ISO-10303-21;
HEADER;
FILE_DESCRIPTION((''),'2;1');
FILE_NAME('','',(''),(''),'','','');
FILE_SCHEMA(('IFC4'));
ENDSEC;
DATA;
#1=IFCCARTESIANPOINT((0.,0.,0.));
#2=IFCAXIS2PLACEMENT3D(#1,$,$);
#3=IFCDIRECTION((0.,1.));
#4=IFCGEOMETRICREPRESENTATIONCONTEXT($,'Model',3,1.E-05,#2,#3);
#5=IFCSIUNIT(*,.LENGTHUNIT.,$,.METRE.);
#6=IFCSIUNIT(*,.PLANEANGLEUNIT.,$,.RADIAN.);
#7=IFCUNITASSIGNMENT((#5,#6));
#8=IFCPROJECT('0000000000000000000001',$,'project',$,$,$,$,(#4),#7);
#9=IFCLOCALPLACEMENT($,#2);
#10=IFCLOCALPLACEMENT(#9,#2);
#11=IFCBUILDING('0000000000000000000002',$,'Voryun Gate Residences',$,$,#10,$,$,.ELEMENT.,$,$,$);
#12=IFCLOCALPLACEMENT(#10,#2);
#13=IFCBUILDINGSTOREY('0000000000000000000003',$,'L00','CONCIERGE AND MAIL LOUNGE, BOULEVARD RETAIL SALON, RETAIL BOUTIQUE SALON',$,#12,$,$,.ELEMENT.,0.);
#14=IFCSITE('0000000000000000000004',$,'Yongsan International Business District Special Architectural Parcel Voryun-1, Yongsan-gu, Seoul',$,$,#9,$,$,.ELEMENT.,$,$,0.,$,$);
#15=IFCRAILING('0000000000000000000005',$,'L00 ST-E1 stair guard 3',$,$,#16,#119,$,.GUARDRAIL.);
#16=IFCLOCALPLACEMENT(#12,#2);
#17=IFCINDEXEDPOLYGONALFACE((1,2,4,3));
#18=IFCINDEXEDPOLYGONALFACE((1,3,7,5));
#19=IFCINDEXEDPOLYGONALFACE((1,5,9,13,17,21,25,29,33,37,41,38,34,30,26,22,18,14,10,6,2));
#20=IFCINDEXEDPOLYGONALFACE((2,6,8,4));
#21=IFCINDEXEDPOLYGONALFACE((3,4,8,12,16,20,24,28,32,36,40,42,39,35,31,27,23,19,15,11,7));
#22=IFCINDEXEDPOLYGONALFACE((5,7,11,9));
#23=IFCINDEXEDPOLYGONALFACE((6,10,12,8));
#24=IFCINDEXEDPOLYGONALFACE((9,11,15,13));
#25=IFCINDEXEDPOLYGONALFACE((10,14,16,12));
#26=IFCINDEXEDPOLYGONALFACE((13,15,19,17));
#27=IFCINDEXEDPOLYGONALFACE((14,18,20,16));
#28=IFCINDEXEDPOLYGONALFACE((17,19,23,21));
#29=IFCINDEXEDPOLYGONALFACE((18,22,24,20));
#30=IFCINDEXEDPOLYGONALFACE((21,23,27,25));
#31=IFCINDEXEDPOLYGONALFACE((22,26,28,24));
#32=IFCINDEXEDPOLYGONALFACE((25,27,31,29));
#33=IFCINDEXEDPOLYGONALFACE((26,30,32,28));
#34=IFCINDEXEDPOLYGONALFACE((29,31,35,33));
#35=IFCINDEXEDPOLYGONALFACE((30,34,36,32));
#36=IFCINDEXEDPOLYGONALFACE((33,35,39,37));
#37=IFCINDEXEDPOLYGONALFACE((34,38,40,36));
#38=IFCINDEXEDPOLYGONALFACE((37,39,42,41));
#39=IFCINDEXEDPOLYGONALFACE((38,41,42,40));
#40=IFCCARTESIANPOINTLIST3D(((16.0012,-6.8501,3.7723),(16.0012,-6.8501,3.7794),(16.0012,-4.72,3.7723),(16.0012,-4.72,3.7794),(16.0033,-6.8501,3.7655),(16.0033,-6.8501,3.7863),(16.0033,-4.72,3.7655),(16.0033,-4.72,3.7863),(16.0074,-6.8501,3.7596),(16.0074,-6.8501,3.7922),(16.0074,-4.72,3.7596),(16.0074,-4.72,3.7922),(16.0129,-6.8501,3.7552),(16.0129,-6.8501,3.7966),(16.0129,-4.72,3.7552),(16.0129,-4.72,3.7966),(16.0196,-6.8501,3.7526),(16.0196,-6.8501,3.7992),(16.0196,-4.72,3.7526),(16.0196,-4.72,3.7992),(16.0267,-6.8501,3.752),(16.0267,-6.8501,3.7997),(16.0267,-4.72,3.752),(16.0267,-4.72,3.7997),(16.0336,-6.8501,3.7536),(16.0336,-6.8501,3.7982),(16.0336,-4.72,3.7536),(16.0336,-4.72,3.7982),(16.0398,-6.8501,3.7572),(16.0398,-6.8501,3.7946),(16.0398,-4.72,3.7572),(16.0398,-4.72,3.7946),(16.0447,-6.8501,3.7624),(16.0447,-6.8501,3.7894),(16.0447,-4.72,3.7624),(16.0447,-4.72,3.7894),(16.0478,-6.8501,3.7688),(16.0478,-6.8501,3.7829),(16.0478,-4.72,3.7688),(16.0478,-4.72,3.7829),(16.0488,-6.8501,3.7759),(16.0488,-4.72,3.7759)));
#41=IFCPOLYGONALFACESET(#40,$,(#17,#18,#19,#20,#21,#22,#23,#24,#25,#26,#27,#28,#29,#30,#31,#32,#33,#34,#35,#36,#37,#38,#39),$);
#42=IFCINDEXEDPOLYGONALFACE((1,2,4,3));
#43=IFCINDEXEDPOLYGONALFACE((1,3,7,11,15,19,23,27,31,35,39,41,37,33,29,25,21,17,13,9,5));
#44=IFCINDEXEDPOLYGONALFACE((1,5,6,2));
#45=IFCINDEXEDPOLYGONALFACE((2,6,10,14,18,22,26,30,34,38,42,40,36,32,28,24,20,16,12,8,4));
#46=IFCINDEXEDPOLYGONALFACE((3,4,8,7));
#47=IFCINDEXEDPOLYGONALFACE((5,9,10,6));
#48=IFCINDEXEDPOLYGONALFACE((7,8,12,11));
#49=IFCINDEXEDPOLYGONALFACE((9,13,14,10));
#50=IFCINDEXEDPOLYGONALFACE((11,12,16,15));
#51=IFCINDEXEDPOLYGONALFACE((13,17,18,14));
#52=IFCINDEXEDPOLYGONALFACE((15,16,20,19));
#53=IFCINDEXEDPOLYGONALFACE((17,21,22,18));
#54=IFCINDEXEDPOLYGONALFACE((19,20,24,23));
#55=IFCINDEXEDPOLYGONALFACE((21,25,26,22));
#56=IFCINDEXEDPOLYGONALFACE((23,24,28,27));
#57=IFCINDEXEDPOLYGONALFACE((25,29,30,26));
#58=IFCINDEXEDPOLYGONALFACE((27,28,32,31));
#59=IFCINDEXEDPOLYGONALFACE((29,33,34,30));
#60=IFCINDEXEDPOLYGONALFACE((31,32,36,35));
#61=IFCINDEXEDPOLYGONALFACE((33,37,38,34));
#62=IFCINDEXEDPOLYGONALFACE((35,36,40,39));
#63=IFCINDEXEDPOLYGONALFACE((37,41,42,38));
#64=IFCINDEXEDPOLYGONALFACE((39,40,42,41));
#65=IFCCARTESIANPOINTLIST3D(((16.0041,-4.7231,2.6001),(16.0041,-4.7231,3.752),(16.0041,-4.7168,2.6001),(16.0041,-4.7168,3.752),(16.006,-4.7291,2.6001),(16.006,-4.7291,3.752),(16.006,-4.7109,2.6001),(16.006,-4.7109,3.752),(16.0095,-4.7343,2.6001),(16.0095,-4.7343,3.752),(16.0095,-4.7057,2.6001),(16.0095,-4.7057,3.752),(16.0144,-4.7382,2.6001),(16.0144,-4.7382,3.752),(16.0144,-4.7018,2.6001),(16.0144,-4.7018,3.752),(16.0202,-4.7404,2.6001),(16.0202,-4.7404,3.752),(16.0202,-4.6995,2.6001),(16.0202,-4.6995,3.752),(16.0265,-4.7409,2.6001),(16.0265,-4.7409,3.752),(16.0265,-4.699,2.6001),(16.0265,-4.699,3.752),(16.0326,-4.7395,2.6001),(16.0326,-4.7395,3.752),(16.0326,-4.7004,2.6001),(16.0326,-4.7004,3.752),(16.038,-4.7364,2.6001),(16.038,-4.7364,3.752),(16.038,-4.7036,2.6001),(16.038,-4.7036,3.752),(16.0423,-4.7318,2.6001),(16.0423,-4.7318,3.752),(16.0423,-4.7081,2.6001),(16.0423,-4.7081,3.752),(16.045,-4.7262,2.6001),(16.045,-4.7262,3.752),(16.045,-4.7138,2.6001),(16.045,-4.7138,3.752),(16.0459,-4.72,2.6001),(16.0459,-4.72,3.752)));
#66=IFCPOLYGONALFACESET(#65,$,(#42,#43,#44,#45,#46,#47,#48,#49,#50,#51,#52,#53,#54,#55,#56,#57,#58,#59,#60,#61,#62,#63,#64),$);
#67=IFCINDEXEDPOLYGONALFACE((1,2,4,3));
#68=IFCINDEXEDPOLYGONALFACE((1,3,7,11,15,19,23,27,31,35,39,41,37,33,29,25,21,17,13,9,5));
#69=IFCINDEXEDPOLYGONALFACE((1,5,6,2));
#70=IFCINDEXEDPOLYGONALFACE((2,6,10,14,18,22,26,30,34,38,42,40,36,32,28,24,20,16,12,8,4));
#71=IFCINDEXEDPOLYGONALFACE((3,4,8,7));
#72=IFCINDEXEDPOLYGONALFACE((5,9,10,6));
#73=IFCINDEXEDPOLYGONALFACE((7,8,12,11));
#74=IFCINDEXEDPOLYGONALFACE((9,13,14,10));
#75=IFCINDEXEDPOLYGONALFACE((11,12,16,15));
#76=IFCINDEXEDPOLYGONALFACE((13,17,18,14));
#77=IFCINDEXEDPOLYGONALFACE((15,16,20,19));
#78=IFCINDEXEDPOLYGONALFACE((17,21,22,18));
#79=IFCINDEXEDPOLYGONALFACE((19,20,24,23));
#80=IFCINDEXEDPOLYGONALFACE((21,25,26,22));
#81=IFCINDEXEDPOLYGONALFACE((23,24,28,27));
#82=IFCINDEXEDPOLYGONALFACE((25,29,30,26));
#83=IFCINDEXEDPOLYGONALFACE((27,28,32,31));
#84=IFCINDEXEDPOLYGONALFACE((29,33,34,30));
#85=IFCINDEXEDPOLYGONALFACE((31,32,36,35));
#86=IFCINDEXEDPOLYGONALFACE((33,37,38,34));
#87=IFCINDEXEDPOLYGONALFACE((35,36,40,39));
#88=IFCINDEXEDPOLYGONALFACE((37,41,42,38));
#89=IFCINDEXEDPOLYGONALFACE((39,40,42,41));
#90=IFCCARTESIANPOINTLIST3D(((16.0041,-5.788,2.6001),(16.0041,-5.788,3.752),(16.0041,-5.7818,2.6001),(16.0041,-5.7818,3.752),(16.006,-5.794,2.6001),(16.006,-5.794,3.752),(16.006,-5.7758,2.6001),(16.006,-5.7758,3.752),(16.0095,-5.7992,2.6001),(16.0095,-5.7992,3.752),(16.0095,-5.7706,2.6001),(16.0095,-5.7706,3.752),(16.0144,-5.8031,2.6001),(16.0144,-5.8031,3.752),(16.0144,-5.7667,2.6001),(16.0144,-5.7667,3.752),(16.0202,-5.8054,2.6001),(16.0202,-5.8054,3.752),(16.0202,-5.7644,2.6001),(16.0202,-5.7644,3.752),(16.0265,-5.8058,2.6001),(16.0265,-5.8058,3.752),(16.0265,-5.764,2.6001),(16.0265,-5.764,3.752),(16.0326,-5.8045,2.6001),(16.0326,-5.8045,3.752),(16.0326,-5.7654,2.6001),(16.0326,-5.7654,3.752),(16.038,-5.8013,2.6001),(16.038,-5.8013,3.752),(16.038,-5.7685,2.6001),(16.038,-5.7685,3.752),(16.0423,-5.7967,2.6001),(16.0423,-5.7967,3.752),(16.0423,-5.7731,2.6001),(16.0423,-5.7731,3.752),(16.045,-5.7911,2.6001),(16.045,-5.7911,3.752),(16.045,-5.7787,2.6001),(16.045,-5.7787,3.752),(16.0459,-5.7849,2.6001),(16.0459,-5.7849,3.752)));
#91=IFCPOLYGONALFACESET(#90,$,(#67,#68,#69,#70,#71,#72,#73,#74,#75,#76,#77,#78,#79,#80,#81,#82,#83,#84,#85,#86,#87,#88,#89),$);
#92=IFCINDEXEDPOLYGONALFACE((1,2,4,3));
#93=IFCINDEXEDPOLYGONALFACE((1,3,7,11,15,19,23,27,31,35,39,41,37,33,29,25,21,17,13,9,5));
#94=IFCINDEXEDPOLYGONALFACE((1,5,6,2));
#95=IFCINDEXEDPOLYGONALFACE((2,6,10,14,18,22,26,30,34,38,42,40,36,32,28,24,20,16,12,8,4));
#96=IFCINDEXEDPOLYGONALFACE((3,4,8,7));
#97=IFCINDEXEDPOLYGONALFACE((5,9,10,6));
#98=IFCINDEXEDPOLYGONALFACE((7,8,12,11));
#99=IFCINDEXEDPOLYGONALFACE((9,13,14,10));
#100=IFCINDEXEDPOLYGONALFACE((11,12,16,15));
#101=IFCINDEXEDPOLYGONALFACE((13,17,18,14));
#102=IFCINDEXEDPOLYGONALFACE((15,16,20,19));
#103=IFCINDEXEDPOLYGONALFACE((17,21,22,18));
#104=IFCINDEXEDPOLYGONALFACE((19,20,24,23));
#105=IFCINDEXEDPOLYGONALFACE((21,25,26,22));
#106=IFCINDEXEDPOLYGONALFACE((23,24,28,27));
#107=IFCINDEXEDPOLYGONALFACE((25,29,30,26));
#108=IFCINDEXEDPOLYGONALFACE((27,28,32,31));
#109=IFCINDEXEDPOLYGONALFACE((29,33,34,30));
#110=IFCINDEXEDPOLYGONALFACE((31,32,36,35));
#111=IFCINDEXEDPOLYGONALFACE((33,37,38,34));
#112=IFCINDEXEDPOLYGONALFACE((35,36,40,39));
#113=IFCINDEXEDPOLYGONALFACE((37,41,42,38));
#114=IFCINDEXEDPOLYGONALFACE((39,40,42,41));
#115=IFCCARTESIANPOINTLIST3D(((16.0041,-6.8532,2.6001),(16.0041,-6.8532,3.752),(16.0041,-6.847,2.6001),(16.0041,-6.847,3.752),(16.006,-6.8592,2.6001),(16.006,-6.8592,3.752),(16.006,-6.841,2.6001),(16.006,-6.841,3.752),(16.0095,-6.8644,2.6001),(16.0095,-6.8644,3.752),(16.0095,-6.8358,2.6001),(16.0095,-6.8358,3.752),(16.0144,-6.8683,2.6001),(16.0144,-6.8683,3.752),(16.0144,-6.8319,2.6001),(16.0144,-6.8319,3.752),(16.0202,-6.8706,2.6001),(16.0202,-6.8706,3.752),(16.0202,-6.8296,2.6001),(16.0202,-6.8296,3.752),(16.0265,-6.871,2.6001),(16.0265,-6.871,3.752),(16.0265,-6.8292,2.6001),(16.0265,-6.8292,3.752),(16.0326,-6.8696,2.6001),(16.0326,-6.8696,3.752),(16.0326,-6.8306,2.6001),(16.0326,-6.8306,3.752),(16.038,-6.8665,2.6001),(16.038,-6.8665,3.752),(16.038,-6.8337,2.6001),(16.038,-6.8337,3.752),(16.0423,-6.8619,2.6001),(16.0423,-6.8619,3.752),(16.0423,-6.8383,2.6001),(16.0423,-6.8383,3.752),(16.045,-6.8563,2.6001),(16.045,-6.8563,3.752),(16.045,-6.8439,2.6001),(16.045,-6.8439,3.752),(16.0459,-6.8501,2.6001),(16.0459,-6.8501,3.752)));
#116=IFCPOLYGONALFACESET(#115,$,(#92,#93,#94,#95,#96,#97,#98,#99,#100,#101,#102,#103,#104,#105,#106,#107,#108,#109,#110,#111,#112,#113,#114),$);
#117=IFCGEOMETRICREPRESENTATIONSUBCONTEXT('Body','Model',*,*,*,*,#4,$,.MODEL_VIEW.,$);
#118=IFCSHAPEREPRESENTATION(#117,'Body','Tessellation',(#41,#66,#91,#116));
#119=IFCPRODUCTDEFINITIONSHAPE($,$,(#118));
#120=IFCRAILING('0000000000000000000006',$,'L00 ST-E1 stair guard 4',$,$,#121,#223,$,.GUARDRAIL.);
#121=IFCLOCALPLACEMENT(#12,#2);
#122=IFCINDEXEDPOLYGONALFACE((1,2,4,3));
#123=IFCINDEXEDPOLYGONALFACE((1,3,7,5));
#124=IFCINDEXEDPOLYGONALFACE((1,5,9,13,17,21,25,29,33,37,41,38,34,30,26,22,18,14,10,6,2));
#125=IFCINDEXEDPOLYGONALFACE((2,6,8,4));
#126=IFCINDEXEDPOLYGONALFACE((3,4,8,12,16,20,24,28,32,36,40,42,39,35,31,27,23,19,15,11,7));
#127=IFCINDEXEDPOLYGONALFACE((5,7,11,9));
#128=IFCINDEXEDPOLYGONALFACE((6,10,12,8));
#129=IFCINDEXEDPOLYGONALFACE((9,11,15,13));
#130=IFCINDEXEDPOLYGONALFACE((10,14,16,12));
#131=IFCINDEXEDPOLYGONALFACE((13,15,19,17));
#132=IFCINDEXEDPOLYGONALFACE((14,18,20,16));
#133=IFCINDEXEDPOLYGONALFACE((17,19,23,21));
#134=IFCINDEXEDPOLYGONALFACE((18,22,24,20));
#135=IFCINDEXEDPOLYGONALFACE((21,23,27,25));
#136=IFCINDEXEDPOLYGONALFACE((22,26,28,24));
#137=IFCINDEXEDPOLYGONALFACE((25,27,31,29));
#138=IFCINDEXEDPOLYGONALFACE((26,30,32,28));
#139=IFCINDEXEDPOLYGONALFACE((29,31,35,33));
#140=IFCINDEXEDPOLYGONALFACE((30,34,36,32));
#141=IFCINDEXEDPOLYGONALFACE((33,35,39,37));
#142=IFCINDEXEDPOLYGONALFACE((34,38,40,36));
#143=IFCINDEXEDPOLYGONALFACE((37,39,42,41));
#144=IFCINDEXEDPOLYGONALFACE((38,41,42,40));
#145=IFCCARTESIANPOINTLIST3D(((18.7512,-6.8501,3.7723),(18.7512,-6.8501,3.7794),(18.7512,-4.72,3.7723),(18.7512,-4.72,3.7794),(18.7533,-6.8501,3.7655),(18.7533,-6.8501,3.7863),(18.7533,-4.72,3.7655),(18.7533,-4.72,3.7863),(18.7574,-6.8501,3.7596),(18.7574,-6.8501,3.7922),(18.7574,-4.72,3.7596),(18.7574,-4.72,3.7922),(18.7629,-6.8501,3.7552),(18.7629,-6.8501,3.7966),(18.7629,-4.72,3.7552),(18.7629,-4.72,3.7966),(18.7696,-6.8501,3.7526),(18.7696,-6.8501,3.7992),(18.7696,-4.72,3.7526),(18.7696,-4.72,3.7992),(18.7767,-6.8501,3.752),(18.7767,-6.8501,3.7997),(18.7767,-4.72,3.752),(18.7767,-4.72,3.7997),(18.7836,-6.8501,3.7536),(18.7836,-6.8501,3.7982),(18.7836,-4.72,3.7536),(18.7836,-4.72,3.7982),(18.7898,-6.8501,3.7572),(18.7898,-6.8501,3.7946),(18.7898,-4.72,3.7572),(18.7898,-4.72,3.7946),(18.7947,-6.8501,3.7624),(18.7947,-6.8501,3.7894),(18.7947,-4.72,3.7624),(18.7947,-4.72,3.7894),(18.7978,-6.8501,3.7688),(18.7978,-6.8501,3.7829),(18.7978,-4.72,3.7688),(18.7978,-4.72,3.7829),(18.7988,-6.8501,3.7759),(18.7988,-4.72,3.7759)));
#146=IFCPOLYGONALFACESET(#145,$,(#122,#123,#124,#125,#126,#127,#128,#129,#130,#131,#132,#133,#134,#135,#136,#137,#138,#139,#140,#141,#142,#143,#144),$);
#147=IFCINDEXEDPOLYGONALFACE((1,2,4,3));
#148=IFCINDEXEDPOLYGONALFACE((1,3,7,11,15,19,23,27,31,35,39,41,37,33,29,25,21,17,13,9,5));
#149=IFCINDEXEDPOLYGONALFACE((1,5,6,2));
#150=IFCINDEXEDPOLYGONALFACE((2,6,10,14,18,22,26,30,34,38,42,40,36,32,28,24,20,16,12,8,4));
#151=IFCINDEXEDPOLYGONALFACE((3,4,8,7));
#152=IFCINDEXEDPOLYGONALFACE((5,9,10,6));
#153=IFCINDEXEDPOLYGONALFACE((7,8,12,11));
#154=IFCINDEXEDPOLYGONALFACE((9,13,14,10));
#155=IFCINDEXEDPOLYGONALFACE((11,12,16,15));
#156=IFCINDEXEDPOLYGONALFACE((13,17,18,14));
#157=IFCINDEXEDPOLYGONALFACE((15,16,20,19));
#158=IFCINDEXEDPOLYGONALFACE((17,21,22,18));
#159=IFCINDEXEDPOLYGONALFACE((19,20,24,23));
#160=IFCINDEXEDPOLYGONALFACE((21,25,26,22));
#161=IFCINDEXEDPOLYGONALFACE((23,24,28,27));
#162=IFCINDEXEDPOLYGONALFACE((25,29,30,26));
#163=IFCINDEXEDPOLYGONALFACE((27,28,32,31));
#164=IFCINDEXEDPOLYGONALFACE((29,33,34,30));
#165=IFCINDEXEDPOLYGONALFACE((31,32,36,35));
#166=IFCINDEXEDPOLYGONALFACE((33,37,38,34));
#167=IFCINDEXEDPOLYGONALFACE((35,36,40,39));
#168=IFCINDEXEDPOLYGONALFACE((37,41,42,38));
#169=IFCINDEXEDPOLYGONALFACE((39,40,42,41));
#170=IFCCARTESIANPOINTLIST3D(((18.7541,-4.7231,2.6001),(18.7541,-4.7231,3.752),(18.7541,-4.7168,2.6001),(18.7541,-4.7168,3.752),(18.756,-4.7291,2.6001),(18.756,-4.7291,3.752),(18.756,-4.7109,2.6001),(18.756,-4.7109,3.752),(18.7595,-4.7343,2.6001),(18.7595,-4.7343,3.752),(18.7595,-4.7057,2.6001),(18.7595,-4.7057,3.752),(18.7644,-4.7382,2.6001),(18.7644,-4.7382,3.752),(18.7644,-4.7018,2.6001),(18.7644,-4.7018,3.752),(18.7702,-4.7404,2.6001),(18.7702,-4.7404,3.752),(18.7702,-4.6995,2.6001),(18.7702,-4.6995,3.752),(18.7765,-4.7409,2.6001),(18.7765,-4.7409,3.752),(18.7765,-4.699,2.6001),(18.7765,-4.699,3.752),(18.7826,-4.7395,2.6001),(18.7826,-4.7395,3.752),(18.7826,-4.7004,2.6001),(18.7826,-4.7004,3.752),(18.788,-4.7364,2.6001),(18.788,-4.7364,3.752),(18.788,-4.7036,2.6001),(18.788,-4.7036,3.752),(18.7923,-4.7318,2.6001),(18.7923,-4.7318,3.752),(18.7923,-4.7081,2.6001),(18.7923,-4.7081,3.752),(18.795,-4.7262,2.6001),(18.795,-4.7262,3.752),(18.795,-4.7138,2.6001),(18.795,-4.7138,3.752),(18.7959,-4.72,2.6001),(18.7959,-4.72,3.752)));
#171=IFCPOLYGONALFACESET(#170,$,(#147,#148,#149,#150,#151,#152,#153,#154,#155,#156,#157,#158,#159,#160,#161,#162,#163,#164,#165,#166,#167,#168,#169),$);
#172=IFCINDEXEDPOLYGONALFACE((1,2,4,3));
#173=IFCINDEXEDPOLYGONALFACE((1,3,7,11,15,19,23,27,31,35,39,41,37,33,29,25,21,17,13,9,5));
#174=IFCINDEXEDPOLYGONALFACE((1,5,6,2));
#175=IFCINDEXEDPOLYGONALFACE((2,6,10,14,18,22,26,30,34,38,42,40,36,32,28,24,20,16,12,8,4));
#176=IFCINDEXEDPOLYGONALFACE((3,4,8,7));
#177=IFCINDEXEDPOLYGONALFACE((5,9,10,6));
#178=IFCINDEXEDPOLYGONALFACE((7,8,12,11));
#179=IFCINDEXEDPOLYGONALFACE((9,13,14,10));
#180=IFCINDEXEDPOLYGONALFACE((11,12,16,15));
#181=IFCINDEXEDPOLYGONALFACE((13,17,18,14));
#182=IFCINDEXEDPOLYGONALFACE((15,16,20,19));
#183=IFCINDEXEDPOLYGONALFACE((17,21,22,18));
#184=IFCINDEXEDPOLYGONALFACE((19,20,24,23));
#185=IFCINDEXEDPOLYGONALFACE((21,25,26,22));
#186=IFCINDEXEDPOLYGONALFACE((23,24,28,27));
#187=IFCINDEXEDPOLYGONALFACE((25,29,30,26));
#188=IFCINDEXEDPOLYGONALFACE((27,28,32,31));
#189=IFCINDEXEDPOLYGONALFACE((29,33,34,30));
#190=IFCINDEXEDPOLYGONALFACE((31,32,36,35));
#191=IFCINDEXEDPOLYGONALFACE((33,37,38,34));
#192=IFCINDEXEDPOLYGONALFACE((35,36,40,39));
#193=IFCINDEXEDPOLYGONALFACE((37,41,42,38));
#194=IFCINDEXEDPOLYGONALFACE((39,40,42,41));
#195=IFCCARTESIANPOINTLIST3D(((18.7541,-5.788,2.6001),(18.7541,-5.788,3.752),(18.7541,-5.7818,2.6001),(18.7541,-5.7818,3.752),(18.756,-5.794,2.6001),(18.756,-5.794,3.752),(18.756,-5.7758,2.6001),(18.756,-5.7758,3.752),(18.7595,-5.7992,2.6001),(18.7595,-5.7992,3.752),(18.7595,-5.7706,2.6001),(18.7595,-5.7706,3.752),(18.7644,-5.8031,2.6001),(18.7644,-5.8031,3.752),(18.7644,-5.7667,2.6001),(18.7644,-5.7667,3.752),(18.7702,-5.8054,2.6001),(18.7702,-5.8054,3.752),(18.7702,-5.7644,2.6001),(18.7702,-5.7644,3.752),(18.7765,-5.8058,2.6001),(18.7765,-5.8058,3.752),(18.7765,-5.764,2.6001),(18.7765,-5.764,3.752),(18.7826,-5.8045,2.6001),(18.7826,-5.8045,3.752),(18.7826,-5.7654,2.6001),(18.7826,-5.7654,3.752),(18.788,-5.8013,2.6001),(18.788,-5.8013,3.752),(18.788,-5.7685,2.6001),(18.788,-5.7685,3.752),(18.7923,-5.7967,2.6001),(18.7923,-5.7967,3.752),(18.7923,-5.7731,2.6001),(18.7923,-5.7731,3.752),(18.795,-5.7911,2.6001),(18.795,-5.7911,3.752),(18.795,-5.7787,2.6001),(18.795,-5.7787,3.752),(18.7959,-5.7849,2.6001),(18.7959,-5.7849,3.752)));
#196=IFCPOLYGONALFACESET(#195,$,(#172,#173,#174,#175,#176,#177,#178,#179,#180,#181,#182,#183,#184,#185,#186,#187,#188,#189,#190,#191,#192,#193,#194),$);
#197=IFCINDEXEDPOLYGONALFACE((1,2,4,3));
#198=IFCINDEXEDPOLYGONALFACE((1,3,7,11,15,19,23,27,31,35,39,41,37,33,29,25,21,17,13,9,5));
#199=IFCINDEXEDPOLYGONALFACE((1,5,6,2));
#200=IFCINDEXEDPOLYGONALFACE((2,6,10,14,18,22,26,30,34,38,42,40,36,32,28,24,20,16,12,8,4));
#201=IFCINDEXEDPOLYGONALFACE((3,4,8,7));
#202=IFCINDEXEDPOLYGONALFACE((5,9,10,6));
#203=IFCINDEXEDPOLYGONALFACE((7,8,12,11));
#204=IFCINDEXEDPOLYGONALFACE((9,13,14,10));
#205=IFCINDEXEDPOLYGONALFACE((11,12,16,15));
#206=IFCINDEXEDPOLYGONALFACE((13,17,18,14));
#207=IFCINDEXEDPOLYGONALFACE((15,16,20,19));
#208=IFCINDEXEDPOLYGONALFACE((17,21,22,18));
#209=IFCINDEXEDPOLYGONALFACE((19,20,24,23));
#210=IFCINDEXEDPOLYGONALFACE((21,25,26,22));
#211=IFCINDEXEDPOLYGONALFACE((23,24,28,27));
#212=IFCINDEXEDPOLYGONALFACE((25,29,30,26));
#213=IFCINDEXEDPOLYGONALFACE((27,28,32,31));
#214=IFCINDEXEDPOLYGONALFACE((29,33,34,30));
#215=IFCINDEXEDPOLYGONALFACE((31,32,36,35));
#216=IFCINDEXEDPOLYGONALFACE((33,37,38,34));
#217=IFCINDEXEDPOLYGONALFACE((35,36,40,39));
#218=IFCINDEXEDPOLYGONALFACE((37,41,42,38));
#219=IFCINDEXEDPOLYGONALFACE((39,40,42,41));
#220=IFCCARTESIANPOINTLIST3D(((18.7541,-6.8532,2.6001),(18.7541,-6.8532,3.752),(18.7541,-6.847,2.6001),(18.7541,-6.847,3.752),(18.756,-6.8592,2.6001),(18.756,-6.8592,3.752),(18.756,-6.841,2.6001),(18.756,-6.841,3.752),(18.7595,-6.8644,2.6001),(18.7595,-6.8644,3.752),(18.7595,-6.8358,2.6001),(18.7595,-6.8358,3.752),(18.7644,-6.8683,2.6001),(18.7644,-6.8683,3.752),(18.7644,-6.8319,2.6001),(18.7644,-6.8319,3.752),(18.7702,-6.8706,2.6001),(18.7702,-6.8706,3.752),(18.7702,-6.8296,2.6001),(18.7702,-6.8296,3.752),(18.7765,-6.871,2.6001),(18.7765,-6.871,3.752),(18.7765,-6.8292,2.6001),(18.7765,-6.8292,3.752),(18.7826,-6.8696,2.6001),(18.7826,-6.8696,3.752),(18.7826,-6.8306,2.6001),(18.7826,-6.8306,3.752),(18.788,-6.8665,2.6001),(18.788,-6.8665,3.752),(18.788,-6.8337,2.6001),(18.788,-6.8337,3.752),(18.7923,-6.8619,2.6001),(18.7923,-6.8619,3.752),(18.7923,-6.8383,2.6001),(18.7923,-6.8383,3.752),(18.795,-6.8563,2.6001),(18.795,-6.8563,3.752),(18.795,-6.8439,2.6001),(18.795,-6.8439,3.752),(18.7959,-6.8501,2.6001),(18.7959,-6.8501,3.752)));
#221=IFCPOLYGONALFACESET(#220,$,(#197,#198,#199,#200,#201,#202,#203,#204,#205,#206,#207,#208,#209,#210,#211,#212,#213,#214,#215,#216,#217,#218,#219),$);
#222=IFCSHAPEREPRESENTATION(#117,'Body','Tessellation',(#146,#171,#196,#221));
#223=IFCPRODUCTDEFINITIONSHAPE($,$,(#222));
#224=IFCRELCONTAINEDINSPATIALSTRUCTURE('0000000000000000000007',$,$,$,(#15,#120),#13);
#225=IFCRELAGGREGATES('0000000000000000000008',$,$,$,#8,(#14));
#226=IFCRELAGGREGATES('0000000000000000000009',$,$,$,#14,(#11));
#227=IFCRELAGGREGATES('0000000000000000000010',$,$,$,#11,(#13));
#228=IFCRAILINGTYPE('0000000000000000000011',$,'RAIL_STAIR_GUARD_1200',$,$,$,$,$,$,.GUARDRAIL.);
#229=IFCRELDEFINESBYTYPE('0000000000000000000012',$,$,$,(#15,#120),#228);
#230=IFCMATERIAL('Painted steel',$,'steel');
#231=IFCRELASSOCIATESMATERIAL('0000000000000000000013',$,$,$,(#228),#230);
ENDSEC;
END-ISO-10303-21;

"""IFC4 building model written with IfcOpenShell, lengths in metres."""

from ifc_helpers import new_model, si_unit, direction, frame, origin, origin_2d, place, context, subcontext, project, spatial, circle, extrude, material, type_object, element, save


model = new_model("IFC4")

# Units and contexts
model_context = context("Model", 3, precision=1e-05, world=origin(), true_north=direction((0.0, 1.0)))
body_context = subcontext(model_context, "Body", "Model", "MODEL_VIEW")
ifc_project = project(units=[si_unit("LENGTHUNIT", "METRE"), si_unit("PLANEANGLEUNIT", "RADIAN")], contexts=[model_context])

# Site, building, storey
site_placement = place(None, origin())
site = spatial("IfcSite", under=ifc_project, at=site_placement, Name="Yongsan International Business District Special Architectural Parcel Voryun-1, Yongsan-gu, Seoul", CompositionType="ELEMENT", RefElevation=0.0)
building_placement = place(site_placement, origin())
building = spatial("IfcBuilding", under=site, at=building_placement, Name="Voryun Gate Residences", CompositionType="ELEMENT")
storey_placement = place(building_placement, origin())
storey = spatial("IfcBuildingStorey", under=building, at=storey_placement, Name="L00", Description="CONCIERGE AND MAIL LOUNGE, BOULEVARD RETAIL SALON, RETAIL BOUTIQUE SALON", CompositionType="ELEMENT", Elevation=0.0)

# Railings
ifc_material_1 = material(Name="Painted steel", Category="steel")
railing_type_1 = type_object("IfcRailingType", Name="RAIL_STAIR_GUARD_1200", PredefinedType="GUARDRAIL", material=ifc_material_1)
for number, where, name in (
    (1, (16.0249, -4.72, 2.6001), "L00 ST-E1 stair guard 3"),
    (2, (18.7749, -4.72, 2.6001), "L00 ST-E1 stair guard 4"),
):
    element("IfcRailing", number, at=place(storey_placement, frame(where)), inside=storey, type_object=railing_type_1, Name=name, PredefinedType="GUARDRAIL", context=body_context, shape_type="SweptSolid", body=[
        extrude(circle(Radius=0.0239, at=origin_2d()), frame((0.0, 0.0, 1.1758), z_axis=(0.0, -1.0, 0.0), x_axis=(1.0, 0.0, 0.0)), (0.0, 0.0, 1.0), 2.1301),
        extrude(circle(Radius=0.021, at=origin_2d()), origin(), (0.0, 0.0, 1.0), 1.1519),
        extrude(circle(Radius=0.021, at=origin_2d()), frame((0.0, -1.0649, 0.0)), (0.0, 0.0, 1.0), 1.1519),
        extrude(circle(Radius=0.021, at=origin_2d()), frame((0.0, -2.1301, 0.0)), (0.0, 0.0, 1.0), 1.1519),
    ])

save(model, "model.ifc")
